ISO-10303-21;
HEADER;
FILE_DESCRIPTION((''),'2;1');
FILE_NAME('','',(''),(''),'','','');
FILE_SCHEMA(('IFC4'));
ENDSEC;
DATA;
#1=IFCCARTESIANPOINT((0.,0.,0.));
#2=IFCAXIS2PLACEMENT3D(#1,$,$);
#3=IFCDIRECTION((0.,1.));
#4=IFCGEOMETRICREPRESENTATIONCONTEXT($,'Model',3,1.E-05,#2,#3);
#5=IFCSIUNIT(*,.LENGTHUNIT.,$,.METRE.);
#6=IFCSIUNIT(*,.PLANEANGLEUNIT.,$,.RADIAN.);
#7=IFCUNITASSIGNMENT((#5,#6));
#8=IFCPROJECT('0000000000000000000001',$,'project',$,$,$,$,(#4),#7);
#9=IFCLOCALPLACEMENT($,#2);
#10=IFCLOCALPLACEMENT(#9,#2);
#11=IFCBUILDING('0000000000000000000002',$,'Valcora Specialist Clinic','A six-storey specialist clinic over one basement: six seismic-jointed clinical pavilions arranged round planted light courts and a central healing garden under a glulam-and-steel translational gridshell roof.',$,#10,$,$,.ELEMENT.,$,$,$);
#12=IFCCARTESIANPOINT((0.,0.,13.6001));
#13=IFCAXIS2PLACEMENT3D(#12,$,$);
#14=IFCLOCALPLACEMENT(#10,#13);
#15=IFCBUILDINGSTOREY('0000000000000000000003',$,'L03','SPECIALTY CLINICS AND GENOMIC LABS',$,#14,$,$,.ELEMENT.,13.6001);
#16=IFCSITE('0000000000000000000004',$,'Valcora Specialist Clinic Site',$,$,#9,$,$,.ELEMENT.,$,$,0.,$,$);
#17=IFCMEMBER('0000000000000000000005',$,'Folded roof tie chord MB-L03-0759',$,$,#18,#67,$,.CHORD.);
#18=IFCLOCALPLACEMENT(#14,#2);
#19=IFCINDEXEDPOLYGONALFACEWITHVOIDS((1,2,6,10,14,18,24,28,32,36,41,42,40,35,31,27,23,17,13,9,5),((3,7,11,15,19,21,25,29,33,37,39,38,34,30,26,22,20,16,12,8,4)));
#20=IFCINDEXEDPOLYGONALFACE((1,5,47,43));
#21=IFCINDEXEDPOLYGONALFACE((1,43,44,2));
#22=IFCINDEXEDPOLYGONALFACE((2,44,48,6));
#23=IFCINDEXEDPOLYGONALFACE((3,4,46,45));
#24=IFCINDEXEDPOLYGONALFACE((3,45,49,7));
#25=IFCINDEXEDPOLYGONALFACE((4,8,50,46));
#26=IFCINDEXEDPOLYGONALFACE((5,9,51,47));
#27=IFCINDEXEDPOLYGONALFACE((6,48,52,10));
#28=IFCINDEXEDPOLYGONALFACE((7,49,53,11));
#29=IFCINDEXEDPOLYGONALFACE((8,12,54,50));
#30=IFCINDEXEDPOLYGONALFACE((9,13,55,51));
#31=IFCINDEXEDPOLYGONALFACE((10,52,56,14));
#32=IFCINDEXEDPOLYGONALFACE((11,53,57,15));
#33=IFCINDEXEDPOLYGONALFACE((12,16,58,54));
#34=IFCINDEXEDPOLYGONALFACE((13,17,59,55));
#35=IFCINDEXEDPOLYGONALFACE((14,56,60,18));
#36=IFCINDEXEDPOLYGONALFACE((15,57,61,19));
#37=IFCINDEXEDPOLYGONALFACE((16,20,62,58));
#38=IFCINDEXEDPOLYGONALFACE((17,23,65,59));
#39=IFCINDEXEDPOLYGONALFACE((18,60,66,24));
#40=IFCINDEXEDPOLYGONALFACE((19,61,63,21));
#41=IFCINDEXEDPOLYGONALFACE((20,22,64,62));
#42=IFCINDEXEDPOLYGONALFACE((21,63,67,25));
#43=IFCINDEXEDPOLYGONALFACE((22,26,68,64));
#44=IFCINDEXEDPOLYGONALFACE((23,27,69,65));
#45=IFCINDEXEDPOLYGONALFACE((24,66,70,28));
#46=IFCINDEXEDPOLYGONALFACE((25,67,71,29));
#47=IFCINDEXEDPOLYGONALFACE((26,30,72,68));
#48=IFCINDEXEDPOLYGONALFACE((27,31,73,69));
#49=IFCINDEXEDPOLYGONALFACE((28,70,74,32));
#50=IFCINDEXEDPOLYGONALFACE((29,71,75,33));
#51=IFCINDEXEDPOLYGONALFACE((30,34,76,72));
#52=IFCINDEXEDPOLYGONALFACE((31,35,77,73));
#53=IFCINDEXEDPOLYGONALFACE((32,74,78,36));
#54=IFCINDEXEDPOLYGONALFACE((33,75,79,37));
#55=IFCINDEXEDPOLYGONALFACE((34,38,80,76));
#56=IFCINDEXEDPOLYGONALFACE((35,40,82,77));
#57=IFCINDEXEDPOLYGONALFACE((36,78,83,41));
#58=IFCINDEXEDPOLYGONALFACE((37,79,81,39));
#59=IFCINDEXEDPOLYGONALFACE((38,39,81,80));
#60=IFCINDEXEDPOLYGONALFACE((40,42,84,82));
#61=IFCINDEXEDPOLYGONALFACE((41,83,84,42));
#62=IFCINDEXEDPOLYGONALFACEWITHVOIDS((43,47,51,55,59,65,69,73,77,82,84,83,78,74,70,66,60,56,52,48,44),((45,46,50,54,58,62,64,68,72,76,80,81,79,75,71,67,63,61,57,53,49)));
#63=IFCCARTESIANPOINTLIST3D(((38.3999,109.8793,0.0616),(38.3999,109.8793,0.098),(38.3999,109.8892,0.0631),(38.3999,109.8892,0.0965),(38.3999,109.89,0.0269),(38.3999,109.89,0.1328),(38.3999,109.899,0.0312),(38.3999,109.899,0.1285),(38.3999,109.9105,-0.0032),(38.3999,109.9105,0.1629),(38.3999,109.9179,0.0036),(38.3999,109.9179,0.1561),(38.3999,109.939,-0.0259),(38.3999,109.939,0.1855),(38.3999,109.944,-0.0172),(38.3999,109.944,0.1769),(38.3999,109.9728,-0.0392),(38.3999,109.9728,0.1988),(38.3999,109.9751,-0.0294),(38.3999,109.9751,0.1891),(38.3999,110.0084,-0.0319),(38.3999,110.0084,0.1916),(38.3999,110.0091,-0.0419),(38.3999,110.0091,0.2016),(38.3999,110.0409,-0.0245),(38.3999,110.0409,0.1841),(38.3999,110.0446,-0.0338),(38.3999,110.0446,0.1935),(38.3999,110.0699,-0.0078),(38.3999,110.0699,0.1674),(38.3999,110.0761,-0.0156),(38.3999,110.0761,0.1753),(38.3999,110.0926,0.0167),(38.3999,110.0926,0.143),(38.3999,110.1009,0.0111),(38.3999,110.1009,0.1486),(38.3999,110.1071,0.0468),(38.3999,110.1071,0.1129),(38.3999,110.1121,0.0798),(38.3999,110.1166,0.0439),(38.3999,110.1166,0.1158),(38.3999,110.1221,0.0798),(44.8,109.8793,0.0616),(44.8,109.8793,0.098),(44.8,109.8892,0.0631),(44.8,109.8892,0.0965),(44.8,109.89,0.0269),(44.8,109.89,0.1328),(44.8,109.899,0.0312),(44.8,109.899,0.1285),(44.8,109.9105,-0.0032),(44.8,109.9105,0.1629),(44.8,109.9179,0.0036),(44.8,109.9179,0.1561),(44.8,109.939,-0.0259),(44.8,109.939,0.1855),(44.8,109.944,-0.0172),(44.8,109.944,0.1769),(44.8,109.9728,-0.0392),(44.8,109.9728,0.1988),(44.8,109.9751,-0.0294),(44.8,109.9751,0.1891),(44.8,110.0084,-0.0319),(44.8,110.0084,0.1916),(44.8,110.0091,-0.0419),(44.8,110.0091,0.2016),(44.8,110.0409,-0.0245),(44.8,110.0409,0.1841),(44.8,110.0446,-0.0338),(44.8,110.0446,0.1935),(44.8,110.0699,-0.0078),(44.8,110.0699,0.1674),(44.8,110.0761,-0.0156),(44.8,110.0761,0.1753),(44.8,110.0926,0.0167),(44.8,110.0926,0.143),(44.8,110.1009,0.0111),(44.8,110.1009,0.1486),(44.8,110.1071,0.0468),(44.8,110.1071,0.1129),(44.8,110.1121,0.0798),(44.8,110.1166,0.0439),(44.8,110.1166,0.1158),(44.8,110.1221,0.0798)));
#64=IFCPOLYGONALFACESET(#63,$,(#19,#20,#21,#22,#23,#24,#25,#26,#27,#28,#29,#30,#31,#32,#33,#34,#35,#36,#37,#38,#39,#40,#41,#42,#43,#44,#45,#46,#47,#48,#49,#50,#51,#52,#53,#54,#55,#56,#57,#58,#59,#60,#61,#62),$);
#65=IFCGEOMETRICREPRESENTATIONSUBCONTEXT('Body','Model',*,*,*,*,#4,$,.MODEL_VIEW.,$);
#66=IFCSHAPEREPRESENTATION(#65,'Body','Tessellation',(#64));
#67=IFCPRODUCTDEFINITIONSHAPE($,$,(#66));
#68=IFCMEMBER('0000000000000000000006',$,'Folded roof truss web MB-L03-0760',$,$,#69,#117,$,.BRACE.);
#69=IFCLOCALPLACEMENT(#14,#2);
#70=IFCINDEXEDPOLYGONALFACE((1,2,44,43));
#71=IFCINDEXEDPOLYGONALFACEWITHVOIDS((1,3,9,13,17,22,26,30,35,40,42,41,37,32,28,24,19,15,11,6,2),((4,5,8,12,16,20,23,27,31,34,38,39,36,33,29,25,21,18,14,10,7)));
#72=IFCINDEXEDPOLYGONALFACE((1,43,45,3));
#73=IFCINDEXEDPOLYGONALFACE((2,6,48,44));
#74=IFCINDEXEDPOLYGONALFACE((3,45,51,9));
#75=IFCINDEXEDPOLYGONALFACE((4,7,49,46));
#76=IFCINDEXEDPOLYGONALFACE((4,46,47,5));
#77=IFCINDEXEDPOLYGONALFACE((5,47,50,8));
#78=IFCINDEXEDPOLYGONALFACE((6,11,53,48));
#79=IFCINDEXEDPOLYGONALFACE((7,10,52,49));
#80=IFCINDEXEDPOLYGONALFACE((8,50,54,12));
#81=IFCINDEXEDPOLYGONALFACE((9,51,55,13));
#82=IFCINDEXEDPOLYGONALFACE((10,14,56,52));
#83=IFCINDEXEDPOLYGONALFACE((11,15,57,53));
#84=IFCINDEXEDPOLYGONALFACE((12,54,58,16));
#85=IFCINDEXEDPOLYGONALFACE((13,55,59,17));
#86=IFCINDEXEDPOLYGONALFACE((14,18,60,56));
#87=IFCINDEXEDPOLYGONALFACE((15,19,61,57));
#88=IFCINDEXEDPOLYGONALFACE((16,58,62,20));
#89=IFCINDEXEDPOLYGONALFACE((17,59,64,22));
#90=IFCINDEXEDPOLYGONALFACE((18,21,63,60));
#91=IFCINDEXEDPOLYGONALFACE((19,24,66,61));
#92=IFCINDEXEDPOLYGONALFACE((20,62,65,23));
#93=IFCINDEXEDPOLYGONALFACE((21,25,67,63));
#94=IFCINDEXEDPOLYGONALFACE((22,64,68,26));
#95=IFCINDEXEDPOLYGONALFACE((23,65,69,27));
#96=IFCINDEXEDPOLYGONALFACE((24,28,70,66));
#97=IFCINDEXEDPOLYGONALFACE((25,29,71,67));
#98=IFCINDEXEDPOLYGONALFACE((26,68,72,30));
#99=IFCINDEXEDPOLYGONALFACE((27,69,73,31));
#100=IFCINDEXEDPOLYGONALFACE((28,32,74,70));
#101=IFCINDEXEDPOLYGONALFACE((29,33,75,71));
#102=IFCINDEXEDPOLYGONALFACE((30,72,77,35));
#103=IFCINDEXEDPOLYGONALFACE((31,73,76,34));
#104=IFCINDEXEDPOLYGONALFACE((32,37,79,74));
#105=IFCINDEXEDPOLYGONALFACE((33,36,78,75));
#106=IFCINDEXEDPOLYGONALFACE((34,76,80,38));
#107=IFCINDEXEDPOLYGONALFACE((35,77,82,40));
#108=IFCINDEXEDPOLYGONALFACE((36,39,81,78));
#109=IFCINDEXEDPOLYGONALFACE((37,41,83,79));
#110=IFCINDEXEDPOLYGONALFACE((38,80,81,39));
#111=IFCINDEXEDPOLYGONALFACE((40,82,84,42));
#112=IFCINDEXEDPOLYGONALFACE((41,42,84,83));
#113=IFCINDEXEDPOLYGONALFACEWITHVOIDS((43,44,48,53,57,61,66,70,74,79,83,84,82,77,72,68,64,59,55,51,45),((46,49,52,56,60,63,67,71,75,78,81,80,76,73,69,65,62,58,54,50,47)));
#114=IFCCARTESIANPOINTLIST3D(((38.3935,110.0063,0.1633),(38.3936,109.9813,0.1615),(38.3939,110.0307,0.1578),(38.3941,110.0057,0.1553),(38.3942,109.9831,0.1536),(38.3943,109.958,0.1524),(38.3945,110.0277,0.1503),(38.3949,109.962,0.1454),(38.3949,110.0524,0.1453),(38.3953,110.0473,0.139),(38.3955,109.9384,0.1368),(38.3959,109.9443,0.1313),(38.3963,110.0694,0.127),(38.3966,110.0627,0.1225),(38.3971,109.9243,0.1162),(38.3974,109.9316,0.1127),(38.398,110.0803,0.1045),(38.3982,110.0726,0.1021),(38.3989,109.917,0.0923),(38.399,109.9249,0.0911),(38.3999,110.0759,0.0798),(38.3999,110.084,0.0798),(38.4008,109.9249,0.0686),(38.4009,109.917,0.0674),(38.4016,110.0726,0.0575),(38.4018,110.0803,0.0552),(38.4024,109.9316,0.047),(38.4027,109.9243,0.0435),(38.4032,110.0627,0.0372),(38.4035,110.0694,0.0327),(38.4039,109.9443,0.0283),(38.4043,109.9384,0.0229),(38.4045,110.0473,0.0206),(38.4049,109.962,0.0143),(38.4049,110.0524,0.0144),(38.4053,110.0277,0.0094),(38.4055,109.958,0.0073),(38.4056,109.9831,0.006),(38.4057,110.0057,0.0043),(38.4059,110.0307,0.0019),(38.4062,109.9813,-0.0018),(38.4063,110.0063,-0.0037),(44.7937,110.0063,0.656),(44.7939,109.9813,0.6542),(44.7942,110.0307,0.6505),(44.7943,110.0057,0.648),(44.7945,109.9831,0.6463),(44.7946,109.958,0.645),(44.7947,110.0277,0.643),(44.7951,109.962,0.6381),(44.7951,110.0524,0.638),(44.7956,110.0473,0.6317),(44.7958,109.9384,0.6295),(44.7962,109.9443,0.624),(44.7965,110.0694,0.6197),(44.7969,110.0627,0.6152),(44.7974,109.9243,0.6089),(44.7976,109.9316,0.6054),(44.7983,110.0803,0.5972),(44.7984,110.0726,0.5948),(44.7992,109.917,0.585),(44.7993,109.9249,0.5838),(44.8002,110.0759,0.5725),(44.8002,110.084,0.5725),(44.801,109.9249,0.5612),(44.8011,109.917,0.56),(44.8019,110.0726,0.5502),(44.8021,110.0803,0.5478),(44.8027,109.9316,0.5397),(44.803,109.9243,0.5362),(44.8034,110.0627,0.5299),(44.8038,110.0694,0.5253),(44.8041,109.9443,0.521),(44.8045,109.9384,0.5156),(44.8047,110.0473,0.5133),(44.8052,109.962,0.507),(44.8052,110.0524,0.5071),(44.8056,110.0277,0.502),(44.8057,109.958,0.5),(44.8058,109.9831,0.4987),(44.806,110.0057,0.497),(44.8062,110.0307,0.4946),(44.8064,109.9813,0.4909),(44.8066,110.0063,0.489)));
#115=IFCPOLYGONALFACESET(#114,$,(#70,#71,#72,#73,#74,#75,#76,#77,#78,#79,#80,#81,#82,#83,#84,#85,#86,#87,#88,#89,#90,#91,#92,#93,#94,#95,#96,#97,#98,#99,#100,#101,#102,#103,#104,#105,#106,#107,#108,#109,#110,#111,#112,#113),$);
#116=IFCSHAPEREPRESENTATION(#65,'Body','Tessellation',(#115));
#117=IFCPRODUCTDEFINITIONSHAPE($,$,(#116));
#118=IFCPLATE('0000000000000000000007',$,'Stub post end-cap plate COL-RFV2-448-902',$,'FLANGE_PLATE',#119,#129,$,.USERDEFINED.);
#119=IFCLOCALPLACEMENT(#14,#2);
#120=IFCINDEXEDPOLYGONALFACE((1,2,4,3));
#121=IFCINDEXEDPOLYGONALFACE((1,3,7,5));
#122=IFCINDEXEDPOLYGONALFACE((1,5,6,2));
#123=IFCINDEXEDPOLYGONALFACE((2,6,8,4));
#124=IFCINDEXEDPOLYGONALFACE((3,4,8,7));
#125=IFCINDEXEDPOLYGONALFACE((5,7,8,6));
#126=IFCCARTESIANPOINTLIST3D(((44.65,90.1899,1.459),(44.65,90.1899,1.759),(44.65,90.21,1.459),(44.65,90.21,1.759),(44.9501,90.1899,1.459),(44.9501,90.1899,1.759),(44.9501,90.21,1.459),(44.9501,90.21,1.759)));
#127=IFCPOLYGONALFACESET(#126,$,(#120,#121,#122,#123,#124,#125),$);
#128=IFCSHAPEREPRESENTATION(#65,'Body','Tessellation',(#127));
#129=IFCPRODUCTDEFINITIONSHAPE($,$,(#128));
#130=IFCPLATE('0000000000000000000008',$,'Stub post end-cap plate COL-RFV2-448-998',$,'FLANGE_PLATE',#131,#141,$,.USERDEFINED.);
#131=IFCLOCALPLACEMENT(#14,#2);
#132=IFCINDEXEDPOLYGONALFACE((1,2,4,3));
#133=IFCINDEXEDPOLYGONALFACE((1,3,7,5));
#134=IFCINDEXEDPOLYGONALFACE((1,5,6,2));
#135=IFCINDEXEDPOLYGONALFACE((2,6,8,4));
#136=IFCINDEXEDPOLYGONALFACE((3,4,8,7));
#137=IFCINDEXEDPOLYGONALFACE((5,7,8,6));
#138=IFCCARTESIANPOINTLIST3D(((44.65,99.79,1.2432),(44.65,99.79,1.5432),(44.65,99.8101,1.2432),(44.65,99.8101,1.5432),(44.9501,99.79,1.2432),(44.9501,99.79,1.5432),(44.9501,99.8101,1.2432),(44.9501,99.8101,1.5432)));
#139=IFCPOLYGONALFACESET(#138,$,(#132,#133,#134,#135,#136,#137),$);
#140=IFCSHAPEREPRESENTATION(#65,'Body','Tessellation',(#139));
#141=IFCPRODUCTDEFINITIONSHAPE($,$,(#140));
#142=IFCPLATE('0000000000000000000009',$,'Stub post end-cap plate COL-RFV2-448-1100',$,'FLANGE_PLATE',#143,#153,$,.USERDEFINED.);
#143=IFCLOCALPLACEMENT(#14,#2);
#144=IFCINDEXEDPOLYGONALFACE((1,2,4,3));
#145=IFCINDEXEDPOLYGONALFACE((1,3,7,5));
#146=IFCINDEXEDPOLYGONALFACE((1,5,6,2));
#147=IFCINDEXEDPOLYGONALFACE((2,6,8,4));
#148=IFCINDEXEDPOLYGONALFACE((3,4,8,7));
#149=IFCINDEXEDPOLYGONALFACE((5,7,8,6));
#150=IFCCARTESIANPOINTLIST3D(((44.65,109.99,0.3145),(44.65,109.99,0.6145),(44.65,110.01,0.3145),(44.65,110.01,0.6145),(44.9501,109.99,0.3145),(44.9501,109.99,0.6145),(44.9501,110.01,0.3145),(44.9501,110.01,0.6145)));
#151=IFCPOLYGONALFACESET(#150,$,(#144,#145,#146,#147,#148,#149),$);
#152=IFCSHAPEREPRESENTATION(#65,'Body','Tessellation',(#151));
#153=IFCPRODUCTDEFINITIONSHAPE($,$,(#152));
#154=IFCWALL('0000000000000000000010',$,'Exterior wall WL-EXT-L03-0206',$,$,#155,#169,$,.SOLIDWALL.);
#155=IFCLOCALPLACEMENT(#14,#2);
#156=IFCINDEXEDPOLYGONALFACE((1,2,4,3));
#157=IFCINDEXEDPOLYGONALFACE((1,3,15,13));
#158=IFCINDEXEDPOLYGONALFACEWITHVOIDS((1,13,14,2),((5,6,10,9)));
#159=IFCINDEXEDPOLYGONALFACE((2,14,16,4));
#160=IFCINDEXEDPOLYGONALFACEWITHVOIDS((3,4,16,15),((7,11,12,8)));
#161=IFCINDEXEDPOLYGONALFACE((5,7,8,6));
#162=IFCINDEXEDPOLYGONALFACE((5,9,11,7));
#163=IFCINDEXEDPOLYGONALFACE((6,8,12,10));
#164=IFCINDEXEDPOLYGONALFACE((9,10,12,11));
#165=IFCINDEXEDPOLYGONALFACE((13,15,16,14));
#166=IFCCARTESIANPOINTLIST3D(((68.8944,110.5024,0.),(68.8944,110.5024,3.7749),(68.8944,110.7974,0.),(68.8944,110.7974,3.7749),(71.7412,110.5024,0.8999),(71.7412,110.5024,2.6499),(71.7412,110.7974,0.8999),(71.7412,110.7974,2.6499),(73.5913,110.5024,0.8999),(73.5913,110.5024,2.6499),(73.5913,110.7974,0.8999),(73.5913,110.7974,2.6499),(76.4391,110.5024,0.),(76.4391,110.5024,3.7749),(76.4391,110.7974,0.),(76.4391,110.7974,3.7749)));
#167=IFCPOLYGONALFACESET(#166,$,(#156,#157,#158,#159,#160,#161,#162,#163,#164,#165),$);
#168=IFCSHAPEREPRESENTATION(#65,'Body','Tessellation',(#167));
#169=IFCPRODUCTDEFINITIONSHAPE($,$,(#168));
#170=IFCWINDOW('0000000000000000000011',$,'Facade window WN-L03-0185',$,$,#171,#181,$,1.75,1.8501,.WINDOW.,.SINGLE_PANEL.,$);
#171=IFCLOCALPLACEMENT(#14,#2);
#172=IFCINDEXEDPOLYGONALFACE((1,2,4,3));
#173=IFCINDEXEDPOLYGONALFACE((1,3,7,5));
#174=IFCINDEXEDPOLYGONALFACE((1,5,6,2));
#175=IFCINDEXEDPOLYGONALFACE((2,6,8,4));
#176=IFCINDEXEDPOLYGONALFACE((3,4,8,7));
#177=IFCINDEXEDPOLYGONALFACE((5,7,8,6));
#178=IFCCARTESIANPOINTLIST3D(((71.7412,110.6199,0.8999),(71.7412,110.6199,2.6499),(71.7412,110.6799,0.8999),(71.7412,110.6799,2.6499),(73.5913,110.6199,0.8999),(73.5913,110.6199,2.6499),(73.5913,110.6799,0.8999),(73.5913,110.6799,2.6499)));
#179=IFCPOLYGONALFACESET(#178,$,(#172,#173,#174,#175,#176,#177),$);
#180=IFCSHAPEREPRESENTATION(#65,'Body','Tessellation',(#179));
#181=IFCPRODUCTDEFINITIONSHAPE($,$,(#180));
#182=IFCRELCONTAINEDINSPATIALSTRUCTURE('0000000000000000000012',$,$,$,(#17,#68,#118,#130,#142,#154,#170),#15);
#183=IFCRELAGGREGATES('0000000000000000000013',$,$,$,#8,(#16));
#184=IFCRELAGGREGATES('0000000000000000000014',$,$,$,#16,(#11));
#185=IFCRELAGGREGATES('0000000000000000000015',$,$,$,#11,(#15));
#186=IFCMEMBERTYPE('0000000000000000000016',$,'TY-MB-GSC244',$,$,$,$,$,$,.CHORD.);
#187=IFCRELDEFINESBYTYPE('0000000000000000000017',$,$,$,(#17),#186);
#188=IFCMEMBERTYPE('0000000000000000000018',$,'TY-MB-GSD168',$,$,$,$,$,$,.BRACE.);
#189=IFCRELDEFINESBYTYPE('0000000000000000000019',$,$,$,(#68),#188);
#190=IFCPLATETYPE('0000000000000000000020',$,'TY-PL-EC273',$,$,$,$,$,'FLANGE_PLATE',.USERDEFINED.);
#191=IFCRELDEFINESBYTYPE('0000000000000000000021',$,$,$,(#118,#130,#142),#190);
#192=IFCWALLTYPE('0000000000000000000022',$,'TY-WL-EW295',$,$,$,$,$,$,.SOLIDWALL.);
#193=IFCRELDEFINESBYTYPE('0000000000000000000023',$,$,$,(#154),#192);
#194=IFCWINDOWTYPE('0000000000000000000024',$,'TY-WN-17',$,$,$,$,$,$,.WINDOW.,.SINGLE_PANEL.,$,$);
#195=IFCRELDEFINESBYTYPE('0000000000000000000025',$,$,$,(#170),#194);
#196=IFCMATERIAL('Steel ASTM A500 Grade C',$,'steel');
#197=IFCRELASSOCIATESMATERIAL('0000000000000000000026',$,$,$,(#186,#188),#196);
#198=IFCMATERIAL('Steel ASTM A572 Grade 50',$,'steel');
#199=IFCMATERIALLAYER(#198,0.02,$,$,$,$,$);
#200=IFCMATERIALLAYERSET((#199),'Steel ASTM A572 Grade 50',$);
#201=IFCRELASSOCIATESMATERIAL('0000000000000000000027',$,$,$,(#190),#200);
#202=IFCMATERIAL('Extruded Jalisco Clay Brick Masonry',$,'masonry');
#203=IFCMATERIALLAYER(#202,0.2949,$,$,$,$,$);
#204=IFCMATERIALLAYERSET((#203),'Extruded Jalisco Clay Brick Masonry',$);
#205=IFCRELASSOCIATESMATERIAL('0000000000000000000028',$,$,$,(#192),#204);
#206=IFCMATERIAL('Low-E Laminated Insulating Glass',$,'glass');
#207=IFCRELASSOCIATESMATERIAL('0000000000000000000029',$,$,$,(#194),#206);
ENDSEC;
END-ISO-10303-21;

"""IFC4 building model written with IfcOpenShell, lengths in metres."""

from ifc_helpers import new_model, si_unit, direction, frame, frame_2d, origin, origin_2d, place, context, subcontext, project, spatial, rectangle, hollow_circle, extrude, material, layer, layer_set, material_profile, profile_set, type_object, element, fill, save


model = new_model("IFC4")

# Units and contexts
model_context = context("Model", 3, precision=1e-05, world=origin(), true_north=direction((0.0, 1.0)))
body_context = subcontext(model_context, "Body", "Model", "MODEL_VIEW")
ifc_project = project(units=[si_unit("LENGTHUNIT", "METRE"), si_unit("PLANEANGLEUNIT", "RADIAN")], contexts=[model_context])

# Site, building, storey
site_placement = place(None, origin())
site = spatial("IfcSite", under=ifc_project, at=site_placement, Name="Valcora Specialist Clinic Site", CompositionType="ELEMENT", RefElevation=0.0)
building_placement = place(site_placement, origin())
building = spatial("IfcBuilding", under=site, at=building_placement, Name="Valcora Specialist Clinic", Description="A six-storey specialist clinic over one basement: six seismic-jointed clinical pavilions arranged round planted light courts and a central healing garden under a glulam-and-steel translational gridshell roof.", CompositionType="ELEMENT")
storey_placement = place(building_placement, frame((0.0, 0.0, 13.6001)))
storey = spatial("IfcBuildingStorey", under=building, at=storey_placement, Name="L03", Description="SPECIALTY CLINICS AND GENOMIC LABS", CompositionType="ELEMENT", Elevation=13.6001)

# Shared definitions
ifc_material_1 = material(Name="Steel ASTM A500 Grade C", Category="steel")

# Members
ifc_material_profile_1 = material_profile(ifc_material_1, hollow_circle(Radius=0.1221, WallThickness=0.01, at=origin_2d()), Name="ST-CHS-244X10")
ifc_profile_set_1 = profile_set([ifc_material_profile_1], Name="Steel ASTM A500 Grade C")
member_type_1 = type_object("IfcMemberType", Name="TY-MB-GSC244", PredefinedType="CHORD", material=ifc_profile_set_1)
member_1_placement = place(storey_placement, frame((38.3999, 110.0, 0.0798), z_axis=(1.0, 0.0, 0.0), x_axis=(0.0, 1.0, 0.0)))
element("IfcMember", 1, at=member_1_placement, inside=storey, type_object=member_type_1, Name="Folded roof tie chord MB-L03-0759", PredefinedType="CHORD", context=body_context, shape_type="SweptSolid", body=[
    extrude(hollow_circle(Radius=0.1221, WallThickness=0.01, at=origin_2d()), origin(), (0.0, 0.0, 1.0), 6.4001),
])
ifc_material_profile_2 = material_profile(ifc_material_1, hollow_circle(Radius=0.084, WallThickness=0.0081, at=origin_2d()), Name="ST-CHS-168X8")
ifc_profile_set_2 = profile_set([ifc_material_profile_2], Name="Steel ASTM A500 Grade C")
member_type_2 = type_object("IfcMemberType", Name="TY-MB-GSD168", PredefinedType="BRACE", material=ifc_profile_set_2)
member_2_placement = place(storey_placement, frame((38.3999, 110.0, 0.0798), z_axis=(0.99705, 0.0, 0.076752), x_axis=(0.0, 1.0, 0.0)))
element("IfcMember", 2, at=member_2_placement, inside=storey, type_object=member_type_2, Name="Folded roof truss web MB-L03-0760", PredefinedType="BRACE", context=body_context, shape_type="SweptSolid", body=[
    extrude(hollow_circle(Radius=0.084, WallThickness=0.0081, at=origin_2d()), origin(), (0.0, 0.0, 1.0), 6.4192),
])

# Plates
ifc_material_2 = material(Name="Steel ASTM A572 Grade 50", Category="steel")
ifc_layer_1 = layer(ifc_material_2, 0.02)
ifc_layer_set_1 = layer_set([ifc_layer_1], Name="Steel ASTM A572 Grade 50")
plate_type = type_object("IfcPlateType", Name="TY-PL-EC273", ElementType="FLANGE_PLATE", PredefinedType="USERDEFINED", material=ifc_layer_set_1)
for number, where, z_axis, x_axis, name in (
    (3, (44.8, 90.2, 1.459), (0.0, 0.0, 1.0), (1.0, 0.0, 0.0), "Stub post end-cap plate COL-RFV2-448-902"),
    (4, (44.8, 99.8, 1.2432), (0.0, 0.0, 1.0), (1.0, 0.0, 0.0), "Stub post end-cap plate COL-RFV2-448-998"),
    (5, (44.8, 110.0, 0.3145), (0.0, 0.0, 1.0), (1.0, 0.0, 0.0), "Stub post end-cap plate COL-RFV2-448-1100"),
):
    element("IfcPlate", number, at=place(storey_placement, frame(where, z_axis=z_axis, x_axis=x_axis)), inside=storey, type_object=plate_type, Name=name, ObjectType="FLANGE_PLATE", PredefinedType="USERDEFINED", context=body_context, shape_type="SweptSolid", body=[
        extrude(rectangle(XDim=0.3, YDim=0.02, at=origin_2d()), origin(), (0.0, 0.0, 1.0), 0.3),
    ])

# Wall, opening, window
ifc_material_3 = material(Name="Extruded Jalisco Clay Brick Masonry", Category="masonry")
ifc_layer_2 = layer(ifc_material_3, 0.2949)
ifc_layer_set_2 = layer_set([ifc_layer_2], Name="Extruded Jalisco Clay Brick Masonry")
wall_type_1 = type_object("IfcWallType", Name="TY-WL-EW295", PredefinedType="SOLIDWALL", material=ifc_layer_set_2)
wall_1_placement = place(storey_placement, frame((68.8943, 110.6499, 0.0), z_axis=(0.0, 0.0, 1.0), x_axis=(1.0, 0.0, 0.0)))
wall_1 = element("IfcWall", 6, at=wall_1_placement, inside=storey, type_object=wall_type_1, Name="Exterior wall WL-EXT-L03-0206", PredefinedType="SOLIDWALL", context=body_context, shape_type="SweptSolid", body=[
    extrude(rectangle(XDim=7.5447, YDim=0.2949, at=frame_2d((3.7725, 0.0))), origin(), (0.0, 0.0, 1.0), 3.7749),
])
opening_1_placement = place(wall_1_placement, frame((2.8469, 0.0, 0.8999)))
opening_1 = element("IfcOpeningElement", 7, at=opening_1_placement, cuts=wall_1, PredefinedType="OPENING", context=body_context, shape_type="SweptSolid", body=[
    extrude(rectangle(XDim=1.8501, YDim=1.75, at=frame_2d((0.925, 0.875))), frame((0.0, 0.1575, 0.0), z_axis=(0.0, -1.0, 0.0), x_axis=(1.0, 0.0, 0.0)), (0.0, 0.0, 1.0), 0.3149),
])
ifc_material_4 = material(Name="Low-E Laminated Insulating Glass", Category="glass")
window_type_1 = type_object("IfcWindowType", Name="TY-WN-17", PartitioningType="SINGLE_PANEL", PredefinedType="WINDOW", material=ifc_material_4)
window_1_placement = place(opening_1_placement, origin())
window_1 = element("IfcWindow", 8, at=window_1_placement, inside=storey, type_object=window_type_1, Name="Facade window WN-L03-0185", OverallHeight=1.75, OverallWidth=1.8501, PartitioningType="SINGLE_PANEL", PredefinedType="WINDOW", context=body_context, shape_type="SweptSolid", body=[
    extrude(rectangle(XDim=1.8501, YDim=1.75, at=frame_2d((0.925, 0.875))), frame((0.0, 0.03, 0.0), z_axis=(0.0, -1.0, 0.0), x_axis=(1.0, 0.0, 0.0)), (0.0, 0.0, 1.0), 0.0601),
])
fill(opening_1, window_1)

save(model, "model.ifc")
